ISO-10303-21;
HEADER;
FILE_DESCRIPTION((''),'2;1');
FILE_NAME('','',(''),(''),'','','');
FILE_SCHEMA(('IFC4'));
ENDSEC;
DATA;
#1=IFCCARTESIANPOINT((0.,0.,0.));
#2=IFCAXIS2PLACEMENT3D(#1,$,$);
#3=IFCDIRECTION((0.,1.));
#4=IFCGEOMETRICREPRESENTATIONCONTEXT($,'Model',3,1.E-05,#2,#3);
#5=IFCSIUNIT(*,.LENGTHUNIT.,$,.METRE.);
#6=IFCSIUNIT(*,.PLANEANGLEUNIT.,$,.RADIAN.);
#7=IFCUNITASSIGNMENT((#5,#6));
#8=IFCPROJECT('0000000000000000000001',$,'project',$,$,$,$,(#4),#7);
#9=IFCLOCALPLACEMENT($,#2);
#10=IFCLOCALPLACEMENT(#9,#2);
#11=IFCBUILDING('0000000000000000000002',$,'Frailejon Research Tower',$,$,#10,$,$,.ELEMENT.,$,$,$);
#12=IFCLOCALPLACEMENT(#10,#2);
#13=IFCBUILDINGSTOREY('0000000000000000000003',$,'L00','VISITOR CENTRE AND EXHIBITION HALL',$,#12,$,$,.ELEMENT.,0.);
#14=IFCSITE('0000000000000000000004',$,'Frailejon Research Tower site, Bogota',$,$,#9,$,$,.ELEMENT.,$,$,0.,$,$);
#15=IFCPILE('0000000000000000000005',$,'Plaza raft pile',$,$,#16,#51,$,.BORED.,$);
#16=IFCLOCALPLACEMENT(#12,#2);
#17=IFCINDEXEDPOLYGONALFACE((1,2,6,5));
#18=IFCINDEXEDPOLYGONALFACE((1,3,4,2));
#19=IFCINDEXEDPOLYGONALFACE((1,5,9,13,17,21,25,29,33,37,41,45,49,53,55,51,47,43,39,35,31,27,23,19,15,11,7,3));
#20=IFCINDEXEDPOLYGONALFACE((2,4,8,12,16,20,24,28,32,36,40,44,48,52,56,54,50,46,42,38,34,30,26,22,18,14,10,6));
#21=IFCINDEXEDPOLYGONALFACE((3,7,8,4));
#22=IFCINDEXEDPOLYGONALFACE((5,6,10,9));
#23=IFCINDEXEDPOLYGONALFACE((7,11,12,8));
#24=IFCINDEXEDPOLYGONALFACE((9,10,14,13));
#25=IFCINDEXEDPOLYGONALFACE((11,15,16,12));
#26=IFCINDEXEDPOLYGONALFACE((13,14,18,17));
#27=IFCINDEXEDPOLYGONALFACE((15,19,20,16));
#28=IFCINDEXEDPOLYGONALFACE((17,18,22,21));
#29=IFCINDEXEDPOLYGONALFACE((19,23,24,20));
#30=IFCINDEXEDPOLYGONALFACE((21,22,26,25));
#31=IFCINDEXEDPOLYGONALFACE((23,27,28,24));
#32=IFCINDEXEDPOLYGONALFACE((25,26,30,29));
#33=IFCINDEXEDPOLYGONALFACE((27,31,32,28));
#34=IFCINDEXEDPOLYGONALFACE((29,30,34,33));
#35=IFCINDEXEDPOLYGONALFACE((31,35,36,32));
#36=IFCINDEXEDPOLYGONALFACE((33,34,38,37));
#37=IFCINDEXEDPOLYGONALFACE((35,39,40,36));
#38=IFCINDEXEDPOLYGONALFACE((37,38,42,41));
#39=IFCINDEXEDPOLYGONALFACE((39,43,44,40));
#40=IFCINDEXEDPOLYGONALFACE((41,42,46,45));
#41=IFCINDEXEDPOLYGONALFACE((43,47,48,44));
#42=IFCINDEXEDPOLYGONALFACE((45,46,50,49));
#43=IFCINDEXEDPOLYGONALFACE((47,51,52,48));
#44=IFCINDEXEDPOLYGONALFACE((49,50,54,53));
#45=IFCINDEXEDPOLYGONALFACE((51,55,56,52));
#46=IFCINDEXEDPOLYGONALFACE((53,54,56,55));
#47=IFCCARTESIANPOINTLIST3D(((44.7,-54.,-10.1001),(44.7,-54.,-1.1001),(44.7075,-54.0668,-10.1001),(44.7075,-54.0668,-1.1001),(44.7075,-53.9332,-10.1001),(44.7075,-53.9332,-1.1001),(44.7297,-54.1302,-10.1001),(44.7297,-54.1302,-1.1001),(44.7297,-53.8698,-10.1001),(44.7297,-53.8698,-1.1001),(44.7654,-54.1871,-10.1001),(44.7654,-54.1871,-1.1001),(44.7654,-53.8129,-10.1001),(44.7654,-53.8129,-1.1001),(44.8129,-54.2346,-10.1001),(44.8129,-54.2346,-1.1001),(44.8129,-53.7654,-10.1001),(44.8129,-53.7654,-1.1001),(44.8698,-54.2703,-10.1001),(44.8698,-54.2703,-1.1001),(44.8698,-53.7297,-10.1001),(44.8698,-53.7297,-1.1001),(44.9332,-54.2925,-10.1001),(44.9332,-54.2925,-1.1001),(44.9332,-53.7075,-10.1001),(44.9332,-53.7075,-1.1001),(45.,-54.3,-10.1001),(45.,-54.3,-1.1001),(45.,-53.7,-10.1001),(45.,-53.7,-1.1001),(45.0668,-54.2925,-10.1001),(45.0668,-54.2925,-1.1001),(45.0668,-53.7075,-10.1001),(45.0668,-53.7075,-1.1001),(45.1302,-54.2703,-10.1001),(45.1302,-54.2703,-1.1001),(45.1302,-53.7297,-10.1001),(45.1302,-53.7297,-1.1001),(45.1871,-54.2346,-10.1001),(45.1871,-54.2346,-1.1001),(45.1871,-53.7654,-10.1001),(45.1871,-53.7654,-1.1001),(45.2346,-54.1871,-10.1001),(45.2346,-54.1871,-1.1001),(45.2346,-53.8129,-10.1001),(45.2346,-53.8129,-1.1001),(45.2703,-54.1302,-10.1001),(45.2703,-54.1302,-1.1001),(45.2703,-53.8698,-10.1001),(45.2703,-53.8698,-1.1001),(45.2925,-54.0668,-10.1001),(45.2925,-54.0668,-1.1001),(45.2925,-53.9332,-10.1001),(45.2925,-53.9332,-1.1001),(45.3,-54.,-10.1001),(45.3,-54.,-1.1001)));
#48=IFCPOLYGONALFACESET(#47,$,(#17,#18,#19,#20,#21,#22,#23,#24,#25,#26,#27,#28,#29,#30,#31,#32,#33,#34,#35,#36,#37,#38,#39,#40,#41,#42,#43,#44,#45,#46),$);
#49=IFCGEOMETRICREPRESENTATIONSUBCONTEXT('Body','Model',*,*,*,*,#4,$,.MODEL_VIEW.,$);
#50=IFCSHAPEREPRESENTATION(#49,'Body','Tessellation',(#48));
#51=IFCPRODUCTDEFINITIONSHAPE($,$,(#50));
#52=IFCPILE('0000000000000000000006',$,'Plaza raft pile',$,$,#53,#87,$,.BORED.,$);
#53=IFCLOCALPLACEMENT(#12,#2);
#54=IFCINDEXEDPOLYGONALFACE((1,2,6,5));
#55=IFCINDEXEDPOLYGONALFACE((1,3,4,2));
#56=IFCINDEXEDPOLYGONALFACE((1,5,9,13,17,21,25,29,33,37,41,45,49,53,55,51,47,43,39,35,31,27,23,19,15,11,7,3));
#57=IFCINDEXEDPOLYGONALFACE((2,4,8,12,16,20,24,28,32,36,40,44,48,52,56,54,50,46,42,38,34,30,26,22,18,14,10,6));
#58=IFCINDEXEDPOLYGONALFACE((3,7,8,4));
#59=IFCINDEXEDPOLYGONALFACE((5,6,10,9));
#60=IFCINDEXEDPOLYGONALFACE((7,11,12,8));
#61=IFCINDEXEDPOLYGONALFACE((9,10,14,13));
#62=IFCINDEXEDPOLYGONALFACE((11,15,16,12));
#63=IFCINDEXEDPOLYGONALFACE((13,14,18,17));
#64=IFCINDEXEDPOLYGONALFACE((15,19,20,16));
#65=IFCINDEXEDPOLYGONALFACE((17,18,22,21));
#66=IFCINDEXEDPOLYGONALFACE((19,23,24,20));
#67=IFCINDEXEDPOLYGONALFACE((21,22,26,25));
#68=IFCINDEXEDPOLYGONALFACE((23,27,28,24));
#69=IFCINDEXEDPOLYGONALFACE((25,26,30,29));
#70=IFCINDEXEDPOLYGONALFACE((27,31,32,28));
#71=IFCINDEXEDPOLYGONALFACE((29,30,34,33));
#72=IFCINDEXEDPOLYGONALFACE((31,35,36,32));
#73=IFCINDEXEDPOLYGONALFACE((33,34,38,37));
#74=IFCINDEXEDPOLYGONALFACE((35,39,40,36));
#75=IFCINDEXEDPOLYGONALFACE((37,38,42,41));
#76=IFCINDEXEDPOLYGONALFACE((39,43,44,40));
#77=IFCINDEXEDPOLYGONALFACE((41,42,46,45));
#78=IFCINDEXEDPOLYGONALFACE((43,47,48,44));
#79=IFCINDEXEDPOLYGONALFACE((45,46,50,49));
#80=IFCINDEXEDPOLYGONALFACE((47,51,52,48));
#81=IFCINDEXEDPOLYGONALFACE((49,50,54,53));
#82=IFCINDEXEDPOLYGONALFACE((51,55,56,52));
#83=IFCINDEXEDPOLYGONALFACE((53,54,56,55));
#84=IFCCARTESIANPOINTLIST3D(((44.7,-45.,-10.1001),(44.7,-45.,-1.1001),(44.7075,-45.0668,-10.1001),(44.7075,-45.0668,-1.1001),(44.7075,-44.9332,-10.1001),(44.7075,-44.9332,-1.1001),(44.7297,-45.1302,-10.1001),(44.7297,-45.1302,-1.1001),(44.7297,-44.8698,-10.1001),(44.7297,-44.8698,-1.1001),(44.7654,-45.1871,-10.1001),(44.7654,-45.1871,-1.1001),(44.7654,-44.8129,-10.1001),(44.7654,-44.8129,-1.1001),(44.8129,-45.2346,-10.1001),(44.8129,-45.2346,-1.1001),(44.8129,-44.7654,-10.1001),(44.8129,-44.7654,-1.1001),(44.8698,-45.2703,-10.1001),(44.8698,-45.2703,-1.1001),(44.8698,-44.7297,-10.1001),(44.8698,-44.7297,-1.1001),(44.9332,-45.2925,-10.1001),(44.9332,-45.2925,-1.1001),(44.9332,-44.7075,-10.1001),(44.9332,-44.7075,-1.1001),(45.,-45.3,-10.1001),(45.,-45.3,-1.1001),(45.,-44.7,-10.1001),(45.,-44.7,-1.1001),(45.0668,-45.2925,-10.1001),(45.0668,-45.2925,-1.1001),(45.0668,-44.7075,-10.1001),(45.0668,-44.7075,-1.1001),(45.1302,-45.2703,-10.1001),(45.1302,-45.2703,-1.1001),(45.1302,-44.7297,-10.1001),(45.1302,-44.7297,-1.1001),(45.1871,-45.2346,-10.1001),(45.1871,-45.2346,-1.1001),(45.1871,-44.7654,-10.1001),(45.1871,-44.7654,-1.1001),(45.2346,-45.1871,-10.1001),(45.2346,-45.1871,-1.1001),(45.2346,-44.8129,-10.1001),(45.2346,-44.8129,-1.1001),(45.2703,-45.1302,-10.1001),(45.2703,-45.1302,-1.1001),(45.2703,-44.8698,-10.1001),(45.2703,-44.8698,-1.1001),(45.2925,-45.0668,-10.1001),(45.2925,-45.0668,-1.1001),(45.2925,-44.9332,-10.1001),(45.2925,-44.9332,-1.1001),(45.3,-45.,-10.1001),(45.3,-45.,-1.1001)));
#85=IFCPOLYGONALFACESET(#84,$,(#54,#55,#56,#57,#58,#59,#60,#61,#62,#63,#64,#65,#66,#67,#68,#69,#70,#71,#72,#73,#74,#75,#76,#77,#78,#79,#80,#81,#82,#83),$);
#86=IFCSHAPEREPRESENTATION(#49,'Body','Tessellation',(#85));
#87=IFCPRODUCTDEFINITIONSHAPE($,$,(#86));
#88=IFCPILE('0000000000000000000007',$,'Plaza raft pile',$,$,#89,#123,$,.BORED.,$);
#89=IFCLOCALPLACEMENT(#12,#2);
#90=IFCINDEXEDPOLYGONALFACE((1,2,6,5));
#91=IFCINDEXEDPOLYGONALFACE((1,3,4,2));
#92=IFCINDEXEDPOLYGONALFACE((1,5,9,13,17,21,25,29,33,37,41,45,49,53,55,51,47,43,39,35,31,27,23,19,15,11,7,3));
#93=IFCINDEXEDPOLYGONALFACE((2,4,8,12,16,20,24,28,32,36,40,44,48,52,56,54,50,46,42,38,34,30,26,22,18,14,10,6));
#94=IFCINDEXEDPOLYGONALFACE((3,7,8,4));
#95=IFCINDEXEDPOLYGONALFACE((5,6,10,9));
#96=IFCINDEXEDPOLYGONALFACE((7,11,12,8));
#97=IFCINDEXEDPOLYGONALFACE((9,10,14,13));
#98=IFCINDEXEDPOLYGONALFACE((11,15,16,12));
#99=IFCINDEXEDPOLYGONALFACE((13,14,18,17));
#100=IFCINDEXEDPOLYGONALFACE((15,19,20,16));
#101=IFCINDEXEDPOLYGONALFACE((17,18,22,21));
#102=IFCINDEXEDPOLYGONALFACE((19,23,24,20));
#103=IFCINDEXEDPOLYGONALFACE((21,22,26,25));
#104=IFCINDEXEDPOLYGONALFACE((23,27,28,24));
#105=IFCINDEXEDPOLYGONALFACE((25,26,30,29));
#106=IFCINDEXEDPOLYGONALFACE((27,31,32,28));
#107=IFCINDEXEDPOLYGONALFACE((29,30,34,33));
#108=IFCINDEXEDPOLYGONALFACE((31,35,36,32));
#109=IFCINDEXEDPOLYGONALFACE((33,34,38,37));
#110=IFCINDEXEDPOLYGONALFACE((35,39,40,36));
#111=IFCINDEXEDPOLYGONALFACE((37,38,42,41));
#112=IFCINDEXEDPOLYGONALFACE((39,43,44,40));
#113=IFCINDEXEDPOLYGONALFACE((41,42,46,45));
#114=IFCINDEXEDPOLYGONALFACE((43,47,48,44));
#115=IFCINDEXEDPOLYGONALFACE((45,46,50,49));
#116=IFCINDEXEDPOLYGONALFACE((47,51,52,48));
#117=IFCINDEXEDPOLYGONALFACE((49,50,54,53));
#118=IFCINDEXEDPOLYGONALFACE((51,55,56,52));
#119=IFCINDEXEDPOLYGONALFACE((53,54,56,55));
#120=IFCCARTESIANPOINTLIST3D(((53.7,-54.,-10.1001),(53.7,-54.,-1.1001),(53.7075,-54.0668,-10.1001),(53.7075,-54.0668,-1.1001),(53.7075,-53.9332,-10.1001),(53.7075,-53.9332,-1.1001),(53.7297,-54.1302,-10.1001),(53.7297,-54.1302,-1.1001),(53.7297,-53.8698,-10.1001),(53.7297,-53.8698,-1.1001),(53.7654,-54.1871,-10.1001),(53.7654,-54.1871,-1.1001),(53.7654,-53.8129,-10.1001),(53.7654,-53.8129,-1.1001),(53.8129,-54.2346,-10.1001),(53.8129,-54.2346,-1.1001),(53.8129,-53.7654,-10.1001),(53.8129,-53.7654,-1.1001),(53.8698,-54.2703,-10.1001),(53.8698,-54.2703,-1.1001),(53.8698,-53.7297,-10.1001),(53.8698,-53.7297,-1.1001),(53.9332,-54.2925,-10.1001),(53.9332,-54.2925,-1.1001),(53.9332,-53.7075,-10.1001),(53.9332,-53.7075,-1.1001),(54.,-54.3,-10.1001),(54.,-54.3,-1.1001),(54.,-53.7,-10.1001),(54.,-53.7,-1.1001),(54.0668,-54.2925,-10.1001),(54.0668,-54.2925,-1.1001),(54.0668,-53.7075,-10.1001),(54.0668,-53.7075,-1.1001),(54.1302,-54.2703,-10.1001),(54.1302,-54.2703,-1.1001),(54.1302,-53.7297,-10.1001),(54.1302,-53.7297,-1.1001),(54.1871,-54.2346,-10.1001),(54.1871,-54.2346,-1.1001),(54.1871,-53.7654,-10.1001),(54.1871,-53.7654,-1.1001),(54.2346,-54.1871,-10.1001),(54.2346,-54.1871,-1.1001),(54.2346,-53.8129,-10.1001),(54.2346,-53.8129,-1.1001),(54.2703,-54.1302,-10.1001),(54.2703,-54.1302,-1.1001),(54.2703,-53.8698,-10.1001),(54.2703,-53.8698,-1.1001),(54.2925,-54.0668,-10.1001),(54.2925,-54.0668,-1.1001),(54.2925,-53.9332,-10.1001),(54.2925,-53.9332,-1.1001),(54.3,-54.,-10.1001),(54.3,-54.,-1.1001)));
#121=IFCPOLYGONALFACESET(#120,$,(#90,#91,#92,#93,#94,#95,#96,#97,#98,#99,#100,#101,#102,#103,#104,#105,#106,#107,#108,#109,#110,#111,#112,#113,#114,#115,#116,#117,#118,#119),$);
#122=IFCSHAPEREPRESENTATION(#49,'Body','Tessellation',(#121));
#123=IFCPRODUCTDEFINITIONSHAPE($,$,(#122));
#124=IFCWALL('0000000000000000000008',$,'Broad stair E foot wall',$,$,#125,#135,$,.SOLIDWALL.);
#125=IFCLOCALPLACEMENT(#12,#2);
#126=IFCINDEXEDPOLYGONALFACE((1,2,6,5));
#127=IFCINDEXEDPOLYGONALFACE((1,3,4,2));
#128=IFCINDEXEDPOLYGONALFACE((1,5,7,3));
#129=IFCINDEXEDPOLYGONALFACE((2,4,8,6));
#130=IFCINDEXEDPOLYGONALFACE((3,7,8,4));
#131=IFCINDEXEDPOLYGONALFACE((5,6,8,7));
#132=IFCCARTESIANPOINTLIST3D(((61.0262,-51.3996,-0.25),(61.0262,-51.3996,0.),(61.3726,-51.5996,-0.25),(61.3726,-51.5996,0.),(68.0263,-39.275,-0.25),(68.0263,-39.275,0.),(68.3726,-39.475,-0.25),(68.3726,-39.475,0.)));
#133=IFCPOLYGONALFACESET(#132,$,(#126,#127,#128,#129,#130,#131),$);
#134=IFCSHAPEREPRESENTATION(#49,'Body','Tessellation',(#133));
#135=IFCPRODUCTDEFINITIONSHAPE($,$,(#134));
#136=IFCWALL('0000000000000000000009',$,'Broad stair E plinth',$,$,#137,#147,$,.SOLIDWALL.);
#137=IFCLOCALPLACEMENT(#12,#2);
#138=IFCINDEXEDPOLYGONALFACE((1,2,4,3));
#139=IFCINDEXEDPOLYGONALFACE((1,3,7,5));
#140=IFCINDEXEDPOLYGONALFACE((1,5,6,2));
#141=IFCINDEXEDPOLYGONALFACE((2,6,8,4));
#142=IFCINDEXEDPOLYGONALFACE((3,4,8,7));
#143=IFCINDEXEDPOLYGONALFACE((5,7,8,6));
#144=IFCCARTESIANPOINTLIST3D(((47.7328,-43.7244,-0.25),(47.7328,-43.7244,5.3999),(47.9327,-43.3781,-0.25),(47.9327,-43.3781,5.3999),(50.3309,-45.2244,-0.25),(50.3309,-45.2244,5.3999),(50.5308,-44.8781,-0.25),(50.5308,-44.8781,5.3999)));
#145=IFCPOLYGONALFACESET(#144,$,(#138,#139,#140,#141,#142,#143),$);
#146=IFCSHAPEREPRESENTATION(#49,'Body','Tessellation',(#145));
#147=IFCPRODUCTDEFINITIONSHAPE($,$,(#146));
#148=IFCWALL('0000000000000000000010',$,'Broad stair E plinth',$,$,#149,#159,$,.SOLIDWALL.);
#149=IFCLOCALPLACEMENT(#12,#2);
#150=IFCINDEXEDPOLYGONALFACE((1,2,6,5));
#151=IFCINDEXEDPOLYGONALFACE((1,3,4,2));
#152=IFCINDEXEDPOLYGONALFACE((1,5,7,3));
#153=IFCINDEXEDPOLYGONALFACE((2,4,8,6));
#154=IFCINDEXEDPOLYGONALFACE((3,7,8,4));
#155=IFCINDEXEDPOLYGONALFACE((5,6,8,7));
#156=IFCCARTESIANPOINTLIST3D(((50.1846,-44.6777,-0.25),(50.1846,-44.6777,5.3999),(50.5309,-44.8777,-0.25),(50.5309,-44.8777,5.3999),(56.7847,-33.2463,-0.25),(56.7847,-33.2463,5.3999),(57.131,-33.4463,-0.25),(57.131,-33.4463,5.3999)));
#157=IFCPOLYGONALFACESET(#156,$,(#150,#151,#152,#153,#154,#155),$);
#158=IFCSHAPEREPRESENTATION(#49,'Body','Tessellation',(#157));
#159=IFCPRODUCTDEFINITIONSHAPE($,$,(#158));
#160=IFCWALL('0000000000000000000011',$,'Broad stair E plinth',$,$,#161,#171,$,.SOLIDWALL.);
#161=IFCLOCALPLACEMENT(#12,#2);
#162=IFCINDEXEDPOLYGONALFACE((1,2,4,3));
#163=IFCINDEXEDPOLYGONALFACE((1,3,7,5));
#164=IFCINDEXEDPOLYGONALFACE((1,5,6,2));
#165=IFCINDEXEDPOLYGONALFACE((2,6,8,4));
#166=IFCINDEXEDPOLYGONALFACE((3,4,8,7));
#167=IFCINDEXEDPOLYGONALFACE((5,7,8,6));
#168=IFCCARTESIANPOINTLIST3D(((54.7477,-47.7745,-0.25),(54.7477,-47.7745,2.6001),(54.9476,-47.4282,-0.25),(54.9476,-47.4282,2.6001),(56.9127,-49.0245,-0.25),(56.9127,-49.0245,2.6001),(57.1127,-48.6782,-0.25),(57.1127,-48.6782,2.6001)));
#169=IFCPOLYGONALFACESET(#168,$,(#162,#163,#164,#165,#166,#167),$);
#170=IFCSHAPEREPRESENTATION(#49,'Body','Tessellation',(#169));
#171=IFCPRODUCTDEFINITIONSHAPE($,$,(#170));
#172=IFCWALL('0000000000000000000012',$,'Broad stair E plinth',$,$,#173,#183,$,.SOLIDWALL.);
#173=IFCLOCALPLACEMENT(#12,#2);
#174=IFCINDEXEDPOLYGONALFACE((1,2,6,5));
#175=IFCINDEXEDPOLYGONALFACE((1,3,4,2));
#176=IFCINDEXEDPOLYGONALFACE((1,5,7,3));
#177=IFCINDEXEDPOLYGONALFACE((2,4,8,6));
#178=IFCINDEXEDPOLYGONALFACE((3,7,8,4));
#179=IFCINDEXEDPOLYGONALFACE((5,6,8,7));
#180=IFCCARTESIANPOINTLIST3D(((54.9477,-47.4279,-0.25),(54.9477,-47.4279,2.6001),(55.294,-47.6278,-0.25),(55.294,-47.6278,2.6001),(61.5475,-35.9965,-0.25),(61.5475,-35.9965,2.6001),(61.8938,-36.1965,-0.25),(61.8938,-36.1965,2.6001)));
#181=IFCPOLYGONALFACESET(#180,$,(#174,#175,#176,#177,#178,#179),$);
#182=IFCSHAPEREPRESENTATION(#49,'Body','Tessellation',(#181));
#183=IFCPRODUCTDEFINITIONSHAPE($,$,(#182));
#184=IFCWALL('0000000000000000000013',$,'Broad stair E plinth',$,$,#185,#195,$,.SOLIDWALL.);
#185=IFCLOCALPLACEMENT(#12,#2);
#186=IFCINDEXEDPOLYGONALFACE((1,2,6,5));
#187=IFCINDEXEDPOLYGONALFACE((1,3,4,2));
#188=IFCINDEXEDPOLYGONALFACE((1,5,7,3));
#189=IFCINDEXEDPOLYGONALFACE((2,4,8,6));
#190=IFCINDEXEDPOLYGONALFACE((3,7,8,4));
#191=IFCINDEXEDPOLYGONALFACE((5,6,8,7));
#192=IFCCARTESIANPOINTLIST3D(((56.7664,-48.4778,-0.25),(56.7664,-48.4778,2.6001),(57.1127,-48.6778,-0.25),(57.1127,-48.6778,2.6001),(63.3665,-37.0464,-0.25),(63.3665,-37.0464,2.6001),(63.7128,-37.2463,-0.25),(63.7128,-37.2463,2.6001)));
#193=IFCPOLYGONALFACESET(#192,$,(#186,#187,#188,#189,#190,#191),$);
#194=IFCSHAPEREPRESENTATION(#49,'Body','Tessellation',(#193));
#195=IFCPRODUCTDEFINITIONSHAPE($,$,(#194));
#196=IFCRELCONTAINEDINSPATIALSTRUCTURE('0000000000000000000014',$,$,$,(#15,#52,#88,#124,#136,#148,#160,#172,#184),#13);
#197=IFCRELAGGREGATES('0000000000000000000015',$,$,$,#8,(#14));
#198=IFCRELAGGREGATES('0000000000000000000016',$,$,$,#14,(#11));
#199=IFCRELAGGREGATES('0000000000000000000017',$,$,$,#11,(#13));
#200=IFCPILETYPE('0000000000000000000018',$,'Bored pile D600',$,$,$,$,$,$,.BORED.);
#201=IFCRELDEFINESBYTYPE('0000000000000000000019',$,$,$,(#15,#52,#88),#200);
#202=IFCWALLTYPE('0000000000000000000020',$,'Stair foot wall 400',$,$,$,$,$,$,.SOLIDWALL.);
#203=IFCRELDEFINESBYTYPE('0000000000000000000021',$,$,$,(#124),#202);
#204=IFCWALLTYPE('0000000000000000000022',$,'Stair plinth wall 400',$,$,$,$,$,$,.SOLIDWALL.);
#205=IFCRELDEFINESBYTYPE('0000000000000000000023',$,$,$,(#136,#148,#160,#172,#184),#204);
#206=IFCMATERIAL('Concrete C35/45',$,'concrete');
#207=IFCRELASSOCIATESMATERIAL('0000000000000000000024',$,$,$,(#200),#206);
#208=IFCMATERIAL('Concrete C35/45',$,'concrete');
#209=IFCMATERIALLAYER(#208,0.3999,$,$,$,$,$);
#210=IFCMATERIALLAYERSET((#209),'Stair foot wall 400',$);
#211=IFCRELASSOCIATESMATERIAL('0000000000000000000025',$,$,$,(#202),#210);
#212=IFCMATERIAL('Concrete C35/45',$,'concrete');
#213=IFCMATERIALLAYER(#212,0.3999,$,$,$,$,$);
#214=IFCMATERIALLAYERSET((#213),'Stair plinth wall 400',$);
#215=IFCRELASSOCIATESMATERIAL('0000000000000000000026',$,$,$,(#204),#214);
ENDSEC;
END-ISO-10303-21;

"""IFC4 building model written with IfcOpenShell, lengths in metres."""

from ifc_helpers import new_model, si_unit, direction, frame, frame_2d, origin, origin_2d, place, context, subcontext, project, spatial, rectangle, circle, extrude, material, layer, layer_set, material_profile, profile_set, type_object, element, save


model = new_model("IFC4")

# Units and contexts
model_context = context("Model", 3, precision=1e-05, world=origin(), true_north=direction((0.0, 1.0)))
body_context = subcontext(model_context, "Body", "Model", "MODEL_VIEW")
ifc_project = project(units=[si_unit("LENGTHUNIT", "METRE"), si_unit("PLANEANGLEUNIT", "RADIAN")], contexts=[model_context])

# Site, building, storey
site_placement = place(None, origin())
site = spatial("IfcSite", under=ifc_project, at=site_placement, Name="Frailejon Research Tower site, Bogota", CompositionType="ELEMENT", RefElevation=0.0)
building_placement = place(site_placement, origin())
building = spatial("IfcBuilding", under=site, at=building_placement, Name="Frailejon Research Tower", CompositionType="ELEMENT")
storey_placement = place(building_placement, origin())
storey = spatial("IfcBuildingStorey", under=building, at=storey_placement, Name="L00", Description="VISITOR CENTRE AND EXHIBITION HALL", CompositionType="ELEMENT", Elevation=0.0)

# Piles
ifc_material_1 = material(Name="Concrete C35/45", Category="concrete")
ifc_material_profile = material_profile(ifc_material_1, circle(Radius=0.3, at=origin_2d()), Name="Bored pile D600")
ifc_profile_set = profile_set([ifc_material_profile], Name="Concrete C35/45")
pile_type = type_object("IfcPileType", Name="Bored pile D600", PredefinedType="BORED", material=ifc_profile_set)
for number, where, z_axis, x_axis, name in (
    (1, (45.0, -54.0, -1.1001), (0.0, 0.0, -1.0), (1.0, 0.0, 0.0), "Plaza raft pile"),
    (2, (45.0, -45.0, -1.1001), (0.0, 0.0, -1.0), (1.0, 0.0, 0.0), "Plaza raft pile"),
    (3, (54.0, -54.0, -1.1001), (0.0, 0.0, -1.0), (1.0, 0.0, 0.0), "Plaza raft pile"),
):
    element("IfcPile", number, at=place(storey_placement, frame(where, z_axis=z_axis, x_axis=x_axis)), inside=storey, type_object=pile_type, Name=name, PredefinedType="BORED", context=body_context, shape_type="SweptSolid", body=[
        extrude(circle(Radius=0.3, at=origin_2d()), origin(), (0.0, 0.0, 1.0), 9.0),
    ])

# Walls
ifc_material_2 = material(Name="Concrete C35/45", Category="concrete")
ifc_layer_1 = layer(ifc_material_2, 0.3999)
ifc_layer_set_1 = layer_set([ifc_layer_1], Name="Stair foot wall 400")
wall_type_1 = type_object("IfcWallType", Name="Stair foot wall 400", PredefinedType="SOLIDWALL", material=ifc_layer_set_1)
wall_1_placement = place(storey_placement, frame((61.1995, -51.4995, -0.25), z_axis=(0.0, 0.0, 1.0), x_axis=(0.499995, 0.866028, 0.0)))
element("IfcWall", 4, at=wall_1_placement, inside=storey, type_object=wall_type_1, Name="Broad stair E foot wall", PredefinedType="SOLIDWALL", context=body_context, shape_type="SweptSolid", body=[
    extrude(rectangle(XDim=14.0002, YDim=0.3999, at=frame_2d((7.0, 0.0))), origin(), (0.0, 0.0, 1.0), 0.25),
])
ifc_material_3 = material(Name="Concrete C35/45", Category="concrete")
ifc_layer_2 = layer(ifc_material_3, 0.3999)
ifc_layer_set_2 = layer_set([ifc_layer_2], Name="Stair plinth wall 400")
wall_type_2 = type_object("IfcWallType", Name="Stair plinth wall 400", PredefinedType="SOLIDWALL", material=ifc_layer_set_2)
wall_2_placement = place(storey_placement, frame((47.8328, -43.5513, -0.25), z_axis=(0.0, 0.0, 1.0), x_axis=(0.866031, -0.49999, 0.0)))
element("IfcWall", 5, at=wall_2_placement, inside=storey, type_object=wall_type_2, Name="Broad stair E plinth", PredefinedType="SOLIDWALL", context=body_context, shape_type="SweptSolid", body=[
    extrude(rectangle(XDim=3.0, YDim=0.3999, at=frame_2d((1.5, 0.0))), origin(), (0.0, 0.0, 1.0), 5.6499),
])
wall_3_placement = place(storey_placement, frame((50.3577, -44.7778, -0.25), z_axis=(0.0, 0.0, 1.0), x_axis=(0.50001, 0.86602, 0.0)))
element("IfcWall", 6, at=wall_3_placement, inside=storey, type_object=wall_type_2, Name="Broad stair E plinth", PredefinedType="SOLIDWALL", context=body_context, shape_type="SweptSolid", body=[
    extrude(rectangle(XDim=13.2, YDim=0.3999, at=frame_2d((6.6001, 0.0))), origin(), (0.0, 0.0, 1.0), 5.6499),
])
wall_4_placement = place(storey_placement, frame((54.8477, -47.6013, -0.25), z_axis=(0.0, 0.0, 1.0), x_axis=(0.866023, -0.500004, 0.0)))
element("IfcWall", 7, at=wall_4_placement, inside=storey, type_object=wall_type_2, Name="Broad stair E plinth", PredefinedType="SOLIDWALL", context=body_context, shape_type="SweptSolid", body=[
    extrude(rectangle(XDim=2.5, YDim=0.3999, at=frame_2d((1.25, 0.0))), origin(), (0.0, 0.0, 1.0), 2.8501),
])
wall_5_placement = place(storey_placement, frame((55.1208, -47.5278, -0.25), z_axis=(0.0, 0.0, 1.0), x_axis=(0.499996, 0.866028, 0.0)))
element("IfcWall", 8, at=wall_5_placement, inside=storey, type_object=wall_type_2, Name="Broad stair E plinth", PredefinedType="SOLIDWALL", context=body_context, shape_type="SweptSolid", body=[
    extrude(rectangle(XDim=13.1997, YDim=0.3999, at=frame_2d((6.5999, 0.0))), origin(), (0.0, 0.0, 1.0), 2.8501),
])
wall_6_placement = place(storey_placement, frame((56.9395, -48.5779, -0.25), z_axis=(0.0, 0.0, 1.0), x_axis=(0.50001, 0.86602, 0.0)))
element("IfcWall", 9, at=wall_6_placement, inside=storey, type_object=wall_type_2, Name="Broad stair E plinth", PredefinedType="SOLIDWALL", context=body_context, shape_type="SweptSolid", body=[
    extrude(rectangle(XDim=13.2, YDim=0.3999, at=frame_2d((6.6001, 0.0))), origin(), (0.0, 0.0, 1.0), 2.8501),
])

save(model, "model.ifc")
